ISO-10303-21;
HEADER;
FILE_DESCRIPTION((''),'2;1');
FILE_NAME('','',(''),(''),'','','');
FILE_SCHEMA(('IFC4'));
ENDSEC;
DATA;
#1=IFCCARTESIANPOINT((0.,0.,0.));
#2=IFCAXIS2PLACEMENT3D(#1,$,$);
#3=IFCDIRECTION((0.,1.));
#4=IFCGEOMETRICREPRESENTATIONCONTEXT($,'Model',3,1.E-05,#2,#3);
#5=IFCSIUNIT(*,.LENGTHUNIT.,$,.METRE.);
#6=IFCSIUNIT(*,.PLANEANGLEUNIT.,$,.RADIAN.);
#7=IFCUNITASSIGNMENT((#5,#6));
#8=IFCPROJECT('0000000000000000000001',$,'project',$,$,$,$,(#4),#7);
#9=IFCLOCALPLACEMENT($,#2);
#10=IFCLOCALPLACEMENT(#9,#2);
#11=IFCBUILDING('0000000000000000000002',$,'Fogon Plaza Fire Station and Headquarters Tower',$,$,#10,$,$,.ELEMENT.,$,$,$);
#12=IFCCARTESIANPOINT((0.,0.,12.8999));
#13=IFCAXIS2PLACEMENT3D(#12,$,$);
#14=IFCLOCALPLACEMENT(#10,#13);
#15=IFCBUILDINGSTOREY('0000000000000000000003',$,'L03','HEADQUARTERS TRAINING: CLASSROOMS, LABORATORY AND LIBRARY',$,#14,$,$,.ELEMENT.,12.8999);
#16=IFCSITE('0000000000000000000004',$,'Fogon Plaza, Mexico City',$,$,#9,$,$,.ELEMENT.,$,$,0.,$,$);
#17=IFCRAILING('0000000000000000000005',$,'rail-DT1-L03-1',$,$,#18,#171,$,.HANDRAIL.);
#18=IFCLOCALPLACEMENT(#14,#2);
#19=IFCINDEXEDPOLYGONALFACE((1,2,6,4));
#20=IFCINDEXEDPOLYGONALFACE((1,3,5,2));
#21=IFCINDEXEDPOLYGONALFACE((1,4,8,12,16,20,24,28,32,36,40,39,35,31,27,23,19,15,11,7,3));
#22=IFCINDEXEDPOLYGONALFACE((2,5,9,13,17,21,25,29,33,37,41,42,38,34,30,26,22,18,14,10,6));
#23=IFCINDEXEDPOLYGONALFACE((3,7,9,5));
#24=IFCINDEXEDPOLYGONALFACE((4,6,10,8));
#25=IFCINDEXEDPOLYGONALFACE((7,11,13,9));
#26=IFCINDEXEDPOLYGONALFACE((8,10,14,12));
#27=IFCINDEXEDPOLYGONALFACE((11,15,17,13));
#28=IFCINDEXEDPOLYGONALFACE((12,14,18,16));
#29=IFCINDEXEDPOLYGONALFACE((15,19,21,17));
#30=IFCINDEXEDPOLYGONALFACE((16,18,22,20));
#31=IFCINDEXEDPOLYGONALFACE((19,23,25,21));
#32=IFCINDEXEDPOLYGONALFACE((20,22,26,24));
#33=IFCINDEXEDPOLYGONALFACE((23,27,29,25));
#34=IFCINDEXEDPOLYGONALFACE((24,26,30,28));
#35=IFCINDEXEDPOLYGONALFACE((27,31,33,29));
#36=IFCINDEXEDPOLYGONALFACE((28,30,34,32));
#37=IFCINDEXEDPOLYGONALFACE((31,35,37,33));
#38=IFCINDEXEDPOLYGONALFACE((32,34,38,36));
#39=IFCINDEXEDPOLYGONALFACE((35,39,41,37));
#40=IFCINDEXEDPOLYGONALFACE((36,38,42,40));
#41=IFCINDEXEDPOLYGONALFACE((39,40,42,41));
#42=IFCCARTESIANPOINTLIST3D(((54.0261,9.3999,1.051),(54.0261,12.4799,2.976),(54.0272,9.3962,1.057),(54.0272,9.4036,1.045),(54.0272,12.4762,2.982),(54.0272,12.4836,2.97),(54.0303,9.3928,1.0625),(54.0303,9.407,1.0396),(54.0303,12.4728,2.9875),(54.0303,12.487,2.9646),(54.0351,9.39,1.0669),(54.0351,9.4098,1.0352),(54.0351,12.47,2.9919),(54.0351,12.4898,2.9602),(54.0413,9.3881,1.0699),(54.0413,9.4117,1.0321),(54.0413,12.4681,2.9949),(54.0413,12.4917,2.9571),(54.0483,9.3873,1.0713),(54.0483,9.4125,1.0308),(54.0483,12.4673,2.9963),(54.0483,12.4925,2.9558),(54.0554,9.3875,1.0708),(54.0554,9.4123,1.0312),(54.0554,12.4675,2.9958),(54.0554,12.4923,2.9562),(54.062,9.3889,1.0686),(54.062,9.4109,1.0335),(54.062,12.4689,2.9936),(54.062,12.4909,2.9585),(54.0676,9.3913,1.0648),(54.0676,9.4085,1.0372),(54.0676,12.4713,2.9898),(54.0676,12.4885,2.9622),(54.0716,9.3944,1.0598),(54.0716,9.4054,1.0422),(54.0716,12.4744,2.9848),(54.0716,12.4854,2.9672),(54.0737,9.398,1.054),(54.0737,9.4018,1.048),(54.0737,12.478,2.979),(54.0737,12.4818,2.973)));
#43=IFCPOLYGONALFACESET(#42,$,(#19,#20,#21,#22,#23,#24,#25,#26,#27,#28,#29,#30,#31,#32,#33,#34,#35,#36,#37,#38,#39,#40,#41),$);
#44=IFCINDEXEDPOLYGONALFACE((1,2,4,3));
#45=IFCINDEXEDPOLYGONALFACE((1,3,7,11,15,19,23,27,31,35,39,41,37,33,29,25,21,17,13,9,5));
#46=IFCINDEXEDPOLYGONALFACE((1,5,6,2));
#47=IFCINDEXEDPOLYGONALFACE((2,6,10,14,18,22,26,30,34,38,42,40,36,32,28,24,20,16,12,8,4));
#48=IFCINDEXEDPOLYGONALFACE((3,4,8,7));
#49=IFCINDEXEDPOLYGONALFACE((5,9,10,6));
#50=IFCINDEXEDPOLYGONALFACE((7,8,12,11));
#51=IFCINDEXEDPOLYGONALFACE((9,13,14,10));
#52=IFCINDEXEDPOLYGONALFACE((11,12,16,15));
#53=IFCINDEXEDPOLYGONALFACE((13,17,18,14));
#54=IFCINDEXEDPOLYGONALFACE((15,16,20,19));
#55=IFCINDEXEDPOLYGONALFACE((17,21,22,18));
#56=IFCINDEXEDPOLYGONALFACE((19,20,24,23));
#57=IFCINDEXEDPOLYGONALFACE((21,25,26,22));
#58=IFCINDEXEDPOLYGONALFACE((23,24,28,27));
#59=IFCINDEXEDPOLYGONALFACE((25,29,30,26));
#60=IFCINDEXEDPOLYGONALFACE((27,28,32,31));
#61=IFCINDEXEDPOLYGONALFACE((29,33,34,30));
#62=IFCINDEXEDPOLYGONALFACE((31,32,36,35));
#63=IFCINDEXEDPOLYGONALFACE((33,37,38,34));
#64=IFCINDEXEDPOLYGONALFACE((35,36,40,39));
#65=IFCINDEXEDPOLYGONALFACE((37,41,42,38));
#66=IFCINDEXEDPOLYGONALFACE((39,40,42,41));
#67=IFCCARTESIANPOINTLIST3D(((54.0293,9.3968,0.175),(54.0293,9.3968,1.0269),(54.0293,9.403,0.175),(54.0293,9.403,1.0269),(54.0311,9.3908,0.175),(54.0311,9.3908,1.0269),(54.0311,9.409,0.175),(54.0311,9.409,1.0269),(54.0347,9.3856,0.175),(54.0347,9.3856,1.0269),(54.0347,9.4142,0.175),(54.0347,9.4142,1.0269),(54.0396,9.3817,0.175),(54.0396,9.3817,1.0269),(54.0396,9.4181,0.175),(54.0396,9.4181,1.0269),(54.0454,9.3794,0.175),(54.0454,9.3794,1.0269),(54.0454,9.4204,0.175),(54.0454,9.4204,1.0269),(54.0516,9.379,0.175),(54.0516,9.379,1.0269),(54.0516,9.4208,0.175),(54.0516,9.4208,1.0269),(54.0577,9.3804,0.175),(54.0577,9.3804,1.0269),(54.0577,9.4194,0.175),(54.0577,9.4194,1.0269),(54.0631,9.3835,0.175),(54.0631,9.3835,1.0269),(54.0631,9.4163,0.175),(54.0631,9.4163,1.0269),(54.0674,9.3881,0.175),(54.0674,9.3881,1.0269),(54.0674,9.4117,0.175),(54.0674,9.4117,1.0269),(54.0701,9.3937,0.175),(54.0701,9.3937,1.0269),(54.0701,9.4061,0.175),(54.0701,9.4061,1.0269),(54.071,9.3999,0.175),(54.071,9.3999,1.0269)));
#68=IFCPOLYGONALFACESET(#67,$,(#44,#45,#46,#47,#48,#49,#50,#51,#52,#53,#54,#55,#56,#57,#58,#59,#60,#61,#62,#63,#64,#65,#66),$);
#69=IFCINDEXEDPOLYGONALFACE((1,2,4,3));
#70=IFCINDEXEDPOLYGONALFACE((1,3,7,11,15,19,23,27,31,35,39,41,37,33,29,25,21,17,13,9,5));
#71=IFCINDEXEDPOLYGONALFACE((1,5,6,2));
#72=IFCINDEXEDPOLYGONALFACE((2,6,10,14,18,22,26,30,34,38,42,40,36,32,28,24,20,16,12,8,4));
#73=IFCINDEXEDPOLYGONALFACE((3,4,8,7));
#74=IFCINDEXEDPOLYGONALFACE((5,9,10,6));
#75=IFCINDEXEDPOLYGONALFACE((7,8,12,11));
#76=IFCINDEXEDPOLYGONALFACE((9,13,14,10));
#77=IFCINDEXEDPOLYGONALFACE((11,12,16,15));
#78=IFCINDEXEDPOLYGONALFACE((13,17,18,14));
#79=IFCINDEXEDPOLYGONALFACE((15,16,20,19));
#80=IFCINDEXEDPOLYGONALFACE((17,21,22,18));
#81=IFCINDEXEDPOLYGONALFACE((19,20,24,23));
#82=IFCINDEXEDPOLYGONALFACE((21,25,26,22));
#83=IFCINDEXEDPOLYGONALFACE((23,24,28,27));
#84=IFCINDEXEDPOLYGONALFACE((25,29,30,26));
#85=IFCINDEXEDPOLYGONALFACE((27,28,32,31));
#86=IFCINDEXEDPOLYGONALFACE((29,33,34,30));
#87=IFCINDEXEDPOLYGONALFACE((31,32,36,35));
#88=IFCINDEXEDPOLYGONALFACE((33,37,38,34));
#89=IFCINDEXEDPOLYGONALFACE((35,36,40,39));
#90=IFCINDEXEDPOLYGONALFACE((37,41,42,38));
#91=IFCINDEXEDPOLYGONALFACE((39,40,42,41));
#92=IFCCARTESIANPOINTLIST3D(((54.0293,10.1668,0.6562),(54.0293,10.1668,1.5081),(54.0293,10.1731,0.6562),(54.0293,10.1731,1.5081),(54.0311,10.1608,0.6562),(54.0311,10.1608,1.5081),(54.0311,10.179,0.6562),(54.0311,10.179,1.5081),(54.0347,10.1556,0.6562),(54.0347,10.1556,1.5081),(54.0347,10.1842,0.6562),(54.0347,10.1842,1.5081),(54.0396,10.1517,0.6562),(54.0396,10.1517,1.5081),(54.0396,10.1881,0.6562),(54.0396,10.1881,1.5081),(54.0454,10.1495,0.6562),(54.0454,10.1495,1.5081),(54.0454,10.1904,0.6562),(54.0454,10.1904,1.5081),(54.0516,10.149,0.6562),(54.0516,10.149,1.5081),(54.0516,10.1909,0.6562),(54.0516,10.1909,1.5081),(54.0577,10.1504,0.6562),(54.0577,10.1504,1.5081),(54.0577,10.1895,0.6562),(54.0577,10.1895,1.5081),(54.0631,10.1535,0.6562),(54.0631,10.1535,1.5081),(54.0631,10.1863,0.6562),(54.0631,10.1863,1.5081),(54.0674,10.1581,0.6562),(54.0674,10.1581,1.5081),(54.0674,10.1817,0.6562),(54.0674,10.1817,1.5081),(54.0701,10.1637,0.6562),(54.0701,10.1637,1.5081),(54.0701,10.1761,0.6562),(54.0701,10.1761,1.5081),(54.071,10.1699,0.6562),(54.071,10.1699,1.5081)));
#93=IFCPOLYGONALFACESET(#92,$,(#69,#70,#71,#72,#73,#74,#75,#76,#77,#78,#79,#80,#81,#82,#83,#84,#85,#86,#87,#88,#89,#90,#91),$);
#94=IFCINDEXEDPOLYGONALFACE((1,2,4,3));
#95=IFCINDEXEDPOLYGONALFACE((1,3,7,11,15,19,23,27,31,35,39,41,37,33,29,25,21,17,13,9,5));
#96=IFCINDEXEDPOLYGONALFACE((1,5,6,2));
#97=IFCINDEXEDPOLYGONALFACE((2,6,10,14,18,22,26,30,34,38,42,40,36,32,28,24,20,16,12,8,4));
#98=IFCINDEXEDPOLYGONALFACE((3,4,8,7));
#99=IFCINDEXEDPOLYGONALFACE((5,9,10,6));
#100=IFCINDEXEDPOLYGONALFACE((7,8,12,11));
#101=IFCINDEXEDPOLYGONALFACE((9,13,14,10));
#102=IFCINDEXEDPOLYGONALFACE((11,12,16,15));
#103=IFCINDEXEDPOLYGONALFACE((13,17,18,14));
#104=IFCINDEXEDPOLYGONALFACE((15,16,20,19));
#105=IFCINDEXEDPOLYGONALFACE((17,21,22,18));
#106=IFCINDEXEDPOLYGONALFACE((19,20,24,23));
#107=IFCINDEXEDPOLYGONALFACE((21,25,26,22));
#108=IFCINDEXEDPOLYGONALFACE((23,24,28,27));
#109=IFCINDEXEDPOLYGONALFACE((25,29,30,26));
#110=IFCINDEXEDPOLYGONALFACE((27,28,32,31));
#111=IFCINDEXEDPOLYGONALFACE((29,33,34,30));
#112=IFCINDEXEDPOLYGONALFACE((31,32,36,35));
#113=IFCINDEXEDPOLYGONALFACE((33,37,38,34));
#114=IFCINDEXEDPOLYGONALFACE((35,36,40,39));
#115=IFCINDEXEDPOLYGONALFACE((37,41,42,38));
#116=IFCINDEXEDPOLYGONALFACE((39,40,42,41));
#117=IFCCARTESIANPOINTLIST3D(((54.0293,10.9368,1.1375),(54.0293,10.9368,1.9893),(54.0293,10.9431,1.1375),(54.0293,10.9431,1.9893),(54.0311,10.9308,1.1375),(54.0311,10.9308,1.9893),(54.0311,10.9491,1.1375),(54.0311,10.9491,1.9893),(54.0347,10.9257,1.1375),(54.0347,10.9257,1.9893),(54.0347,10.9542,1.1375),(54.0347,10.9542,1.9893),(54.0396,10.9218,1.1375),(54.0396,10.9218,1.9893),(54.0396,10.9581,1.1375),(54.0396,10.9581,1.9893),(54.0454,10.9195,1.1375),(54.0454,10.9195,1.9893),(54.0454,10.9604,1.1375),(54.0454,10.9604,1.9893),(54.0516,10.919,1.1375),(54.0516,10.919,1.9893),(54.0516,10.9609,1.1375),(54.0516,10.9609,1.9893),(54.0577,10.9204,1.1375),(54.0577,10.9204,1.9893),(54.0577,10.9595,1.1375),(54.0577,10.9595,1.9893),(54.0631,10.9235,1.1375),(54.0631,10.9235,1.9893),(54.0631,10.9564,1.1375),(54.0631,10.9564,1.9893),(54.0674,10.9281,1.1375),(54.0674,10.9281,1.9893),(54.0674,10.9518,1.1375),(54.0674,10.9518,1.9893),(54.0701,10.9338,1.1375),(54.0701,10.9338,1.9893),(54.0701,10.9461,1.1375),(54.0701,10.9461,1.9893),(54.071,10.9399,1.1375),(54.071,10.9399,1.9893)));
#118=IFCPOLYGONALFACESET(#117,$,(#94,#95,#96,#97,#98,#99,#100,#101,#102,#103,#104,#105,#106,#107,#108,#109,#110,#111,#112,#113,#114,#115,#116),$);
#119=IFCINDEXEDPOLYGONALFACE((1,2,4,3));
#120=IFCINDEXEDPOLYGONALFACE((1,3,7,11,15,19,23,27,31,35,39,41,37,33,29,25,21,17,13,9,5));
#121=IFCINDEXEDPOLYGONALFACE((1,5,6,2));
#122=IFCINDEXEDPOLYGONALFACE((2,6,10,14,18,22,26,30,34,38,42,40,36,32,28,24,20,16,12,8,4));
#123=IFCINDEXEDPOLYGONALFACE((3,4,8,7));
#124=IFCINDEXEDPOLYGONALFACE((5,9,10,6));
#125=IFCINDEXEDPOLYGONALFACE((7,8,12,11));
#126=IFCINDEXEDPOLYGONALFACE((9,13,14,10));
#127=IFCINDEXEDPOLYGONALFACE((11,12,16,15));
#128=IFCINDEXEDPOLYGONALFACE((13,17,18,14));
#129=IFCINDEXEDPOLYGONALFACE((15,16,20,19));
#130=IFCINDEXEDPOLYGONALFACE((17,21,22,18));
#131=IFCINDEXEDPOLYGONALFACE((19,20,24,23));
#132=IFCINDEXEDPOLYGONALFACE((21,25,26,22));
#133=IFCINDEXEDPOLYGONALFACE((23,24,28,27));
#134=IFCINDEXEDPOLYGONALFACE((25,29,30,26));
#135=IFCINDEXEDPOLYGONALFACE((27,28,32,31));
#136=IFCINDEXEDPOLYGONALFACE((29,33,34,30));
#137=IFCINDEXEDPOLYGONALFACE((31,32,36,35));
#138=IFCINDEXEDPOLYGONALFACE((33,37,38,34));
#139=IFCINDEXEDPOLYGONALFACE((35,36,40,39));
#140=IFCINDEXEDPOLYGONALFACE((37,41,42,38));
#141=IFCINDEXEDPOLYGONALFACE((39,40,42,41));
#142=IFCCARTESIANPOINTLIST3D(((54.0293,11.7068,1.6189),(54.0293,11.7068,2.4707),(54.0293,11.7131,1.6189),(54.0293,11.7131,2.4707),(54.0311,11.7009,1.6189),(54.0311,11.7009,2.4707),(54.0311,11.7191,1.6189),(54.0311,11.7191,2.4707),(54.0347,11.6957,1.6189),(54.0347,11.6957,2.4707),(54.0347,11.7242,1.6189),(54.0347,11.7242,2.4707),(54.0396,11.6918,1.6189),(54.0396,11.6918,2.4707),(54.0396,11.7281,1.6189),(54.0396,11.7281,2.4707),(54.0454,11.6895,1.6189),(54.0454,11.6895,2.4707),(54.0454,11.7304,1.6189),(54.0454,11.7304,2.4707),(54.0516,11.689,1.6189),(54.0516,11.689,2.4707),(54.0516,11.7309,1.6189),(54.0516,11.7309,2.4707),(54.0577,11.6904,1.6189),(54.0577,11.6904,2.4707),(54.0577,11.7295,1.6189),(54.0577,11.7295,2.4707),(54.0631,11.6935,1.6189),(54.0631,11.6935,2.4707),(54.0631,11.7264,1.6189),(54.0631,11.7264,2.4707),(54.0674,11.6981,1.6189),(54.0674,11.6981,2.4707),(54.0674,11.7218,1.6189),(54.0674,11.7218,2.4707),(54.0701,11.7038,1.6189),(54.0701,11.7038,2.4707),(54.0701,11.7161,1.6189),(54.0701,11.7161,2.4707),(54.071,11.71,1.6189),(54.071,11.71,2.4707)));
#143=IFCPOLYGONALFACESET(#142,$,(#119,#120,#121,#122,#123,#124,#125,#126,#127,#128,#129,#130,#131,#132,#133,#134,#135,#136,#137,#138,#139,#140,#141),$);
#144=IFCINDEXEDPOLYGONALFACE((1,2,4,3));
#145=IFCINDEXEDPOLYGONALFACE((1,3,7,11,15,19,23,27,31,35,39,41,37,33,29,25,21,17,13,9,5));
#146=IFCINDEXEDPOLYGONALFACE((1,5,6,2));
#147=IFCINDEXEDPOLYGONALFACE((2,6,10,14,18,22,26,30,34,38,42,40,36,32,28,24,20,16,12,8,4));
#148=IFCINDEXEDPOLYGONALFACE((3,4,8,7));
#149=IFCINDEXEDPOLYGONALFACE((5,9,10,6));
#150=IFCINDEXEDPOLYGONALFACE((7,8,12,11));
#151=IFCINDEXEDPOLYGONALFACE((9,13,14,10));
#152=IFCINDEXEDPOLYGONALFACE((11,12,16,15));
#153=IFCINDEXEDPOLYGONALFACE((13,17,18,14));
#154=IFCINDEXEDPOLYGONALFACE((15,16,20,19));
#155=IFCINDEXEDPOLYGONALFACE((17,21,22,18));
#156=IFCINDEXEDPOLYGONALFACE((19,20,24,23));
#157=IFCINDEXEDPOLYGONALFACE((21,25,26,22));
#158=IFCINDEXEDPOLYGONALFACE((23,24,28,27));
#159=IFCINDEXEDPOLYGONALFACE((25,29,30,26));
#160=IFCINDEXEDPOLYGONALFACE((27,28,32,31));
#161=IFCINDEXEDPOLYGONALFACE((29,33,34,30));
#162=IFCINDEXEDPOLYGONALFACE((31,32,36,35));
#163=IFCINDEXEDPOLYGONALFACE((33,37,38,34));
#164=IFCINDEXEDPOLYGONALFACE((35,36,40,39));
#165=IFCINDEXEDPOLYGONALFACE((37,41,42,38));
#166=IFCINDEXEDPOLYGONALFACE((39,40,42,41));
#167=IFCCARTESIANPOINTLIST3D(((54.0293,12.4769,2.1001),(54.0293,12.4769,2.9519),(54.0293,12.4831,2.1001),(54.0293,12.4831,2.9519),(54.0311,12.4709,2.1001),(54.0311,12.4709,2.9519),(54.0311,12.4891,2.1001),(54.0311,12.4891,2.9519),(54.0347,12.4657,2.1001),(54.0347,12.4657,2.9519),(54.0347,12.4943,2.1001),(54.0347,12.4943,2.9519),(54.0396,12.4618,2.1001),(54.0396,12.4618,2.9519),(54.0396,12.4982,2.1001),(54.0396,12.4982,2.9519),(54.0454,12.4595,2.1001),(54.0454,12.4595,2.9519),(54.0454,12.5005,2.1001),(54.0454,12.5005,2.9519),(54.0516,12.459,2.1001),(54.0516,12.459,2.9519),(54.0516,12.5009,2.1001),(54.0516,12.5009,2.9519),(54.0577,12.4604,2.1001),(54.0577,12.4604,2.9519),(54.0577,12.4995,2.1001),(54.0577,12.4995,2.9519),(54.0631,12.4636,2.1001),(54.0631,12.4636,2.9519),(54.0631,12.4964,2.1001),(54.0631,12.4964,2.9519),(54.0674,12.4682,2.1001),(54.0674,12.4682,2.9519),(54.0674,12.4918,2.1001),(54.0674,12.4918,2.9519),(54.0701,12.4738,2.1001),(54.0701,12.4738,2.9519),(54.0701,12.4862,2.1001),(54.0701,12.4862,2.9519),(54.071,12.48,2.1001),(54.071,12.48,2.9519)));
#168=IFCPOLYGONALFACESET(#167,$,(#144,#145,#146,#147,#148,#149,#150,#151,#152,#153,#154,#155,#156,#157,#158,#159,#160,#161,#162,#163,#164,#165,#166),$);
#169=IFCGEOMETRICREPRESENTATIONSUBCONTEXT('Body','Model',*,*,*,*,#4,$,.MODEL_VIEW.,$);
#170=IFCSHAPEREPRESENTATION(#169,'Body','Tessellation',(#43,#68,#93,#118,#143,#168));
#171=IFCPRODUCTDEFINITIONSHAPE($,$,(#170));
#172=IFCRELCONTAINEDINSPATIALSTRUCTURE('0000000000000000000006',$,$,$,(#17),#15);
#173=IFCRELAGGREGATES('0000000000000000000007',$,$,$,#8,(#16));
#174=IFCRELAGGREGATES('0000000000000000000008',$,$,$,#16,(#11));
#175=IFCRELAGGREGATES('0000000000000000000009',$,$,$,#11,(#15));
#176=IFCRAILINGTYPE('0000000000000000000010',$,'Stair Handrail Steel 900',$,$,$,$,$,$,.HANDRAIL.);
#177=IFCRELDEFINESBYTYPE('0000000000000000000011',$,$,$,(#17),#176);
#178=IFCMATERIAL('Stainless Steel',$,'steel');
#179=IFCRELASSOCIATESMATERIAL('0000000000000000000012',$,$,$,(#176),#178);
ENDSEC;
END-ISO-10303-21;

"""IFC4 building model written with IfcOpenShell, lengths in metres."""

from ifc_helpers import new_model, si_unit, direction, frame, origin, origin_2d, place, context, subcontext, project, spatial, circle, extrude, material, type_object, element, save


model = new_model("IFC4")

# Units and contexts
model_context = context("Model", 3, precision=1e-05, world=origin(), true_north=direction((0.0, 1.0)))
body_context = subcontext(model_context, "Body", "Model", "MODEL_VIEW")
ifc_project = project(units=[si_unit("LENGTHUNIT", "METRE"), si_unit("PLANEANGLEUNIT", "RADIAN")], contexts=[model_context])

# Site, building, storey
site_placement = place(None, origin())
site = spatial("IfcSite", under=ifc_project, at=site_placement, Name="Fogon Plaza, Mexico City", CompositionType="ELEMENT", RefElevation=0.0)
building_placement = place(site_placement, origin())
building = spatial("IfcBuilding", under=site, at=building_placement, Name="Fogon Plaza Fire Station and Headquarters Tower", CompositionType="ELEMENT")
storey_placement = place(building_placement, frame((0.0, 0.0, 12.8999)))
storey = spatial("IfcBuildingStorey", under=building, at=storey_placement, Name="L03", Description="HEADQUARTERS TRAINING: CLASSROOMS, LABORATORY AND LIBRARY", CompositionType="ELEMENT", Elevation=12.8999)

# Railing
ifc_material_1 = material(Name="Stainless Steel", Category="steel")
railing_type_1 = type_object("IfcRailingType", Name="Stair Handrail Steel 900", PredefinedType="HANDRAIL", material=ifc_material_1)
for number, where, name in (
    (1, (54.05, 9.3999, 0.175), "rail-DT1-L03-1"),
):
    element("IfcRailing", number, at=place(storey_placement, frame(where)), inside=storey, type_object=railing_type_1, Name=name, PredefinedType="HANDRAIL", context=body_context, shape_type="SweptSolid", body=[
        extrude(circle(Radius=0.0239, at=origin_2d()), frame((0.0, 0.0, 0.876), z_axis=(0.0, 0.847998, 0.529999), x_axis=(-1.0, 0.0, 0.0)), (0.0, 0.0, 1.0), 3.6321),
        extrude(circle(Radius=0.021, at=origin_2d()), origin(), (0.0, 0.0, 1.0), 0.8518),
        extrude(circle(Radius=0.021, at=origin_2d()), frame((0.0, 0.77, 0.4812)), (0.0, 0.0, 1.0), 0.8518),
        extrude(circle(Radius=0.021, at=origin_2d()), frame((0.0, 1.54, 0.9624)), (0.0, 0.0, 1.0), 0.8518),
        extrude(circle(Radius=0.021, at=origin_2d()), frame((0.0, 2.3101, 1.4438)), (0.0, 0.0, 1.0), 0.8518),
        extrude(circle(Radius=0.021, at=origin_2d()), frame((0.0, 3.0801, 1.925)), (0.0, 0.0, 1.0), 0.8518),
    ])

save(model, "model.ifc")
